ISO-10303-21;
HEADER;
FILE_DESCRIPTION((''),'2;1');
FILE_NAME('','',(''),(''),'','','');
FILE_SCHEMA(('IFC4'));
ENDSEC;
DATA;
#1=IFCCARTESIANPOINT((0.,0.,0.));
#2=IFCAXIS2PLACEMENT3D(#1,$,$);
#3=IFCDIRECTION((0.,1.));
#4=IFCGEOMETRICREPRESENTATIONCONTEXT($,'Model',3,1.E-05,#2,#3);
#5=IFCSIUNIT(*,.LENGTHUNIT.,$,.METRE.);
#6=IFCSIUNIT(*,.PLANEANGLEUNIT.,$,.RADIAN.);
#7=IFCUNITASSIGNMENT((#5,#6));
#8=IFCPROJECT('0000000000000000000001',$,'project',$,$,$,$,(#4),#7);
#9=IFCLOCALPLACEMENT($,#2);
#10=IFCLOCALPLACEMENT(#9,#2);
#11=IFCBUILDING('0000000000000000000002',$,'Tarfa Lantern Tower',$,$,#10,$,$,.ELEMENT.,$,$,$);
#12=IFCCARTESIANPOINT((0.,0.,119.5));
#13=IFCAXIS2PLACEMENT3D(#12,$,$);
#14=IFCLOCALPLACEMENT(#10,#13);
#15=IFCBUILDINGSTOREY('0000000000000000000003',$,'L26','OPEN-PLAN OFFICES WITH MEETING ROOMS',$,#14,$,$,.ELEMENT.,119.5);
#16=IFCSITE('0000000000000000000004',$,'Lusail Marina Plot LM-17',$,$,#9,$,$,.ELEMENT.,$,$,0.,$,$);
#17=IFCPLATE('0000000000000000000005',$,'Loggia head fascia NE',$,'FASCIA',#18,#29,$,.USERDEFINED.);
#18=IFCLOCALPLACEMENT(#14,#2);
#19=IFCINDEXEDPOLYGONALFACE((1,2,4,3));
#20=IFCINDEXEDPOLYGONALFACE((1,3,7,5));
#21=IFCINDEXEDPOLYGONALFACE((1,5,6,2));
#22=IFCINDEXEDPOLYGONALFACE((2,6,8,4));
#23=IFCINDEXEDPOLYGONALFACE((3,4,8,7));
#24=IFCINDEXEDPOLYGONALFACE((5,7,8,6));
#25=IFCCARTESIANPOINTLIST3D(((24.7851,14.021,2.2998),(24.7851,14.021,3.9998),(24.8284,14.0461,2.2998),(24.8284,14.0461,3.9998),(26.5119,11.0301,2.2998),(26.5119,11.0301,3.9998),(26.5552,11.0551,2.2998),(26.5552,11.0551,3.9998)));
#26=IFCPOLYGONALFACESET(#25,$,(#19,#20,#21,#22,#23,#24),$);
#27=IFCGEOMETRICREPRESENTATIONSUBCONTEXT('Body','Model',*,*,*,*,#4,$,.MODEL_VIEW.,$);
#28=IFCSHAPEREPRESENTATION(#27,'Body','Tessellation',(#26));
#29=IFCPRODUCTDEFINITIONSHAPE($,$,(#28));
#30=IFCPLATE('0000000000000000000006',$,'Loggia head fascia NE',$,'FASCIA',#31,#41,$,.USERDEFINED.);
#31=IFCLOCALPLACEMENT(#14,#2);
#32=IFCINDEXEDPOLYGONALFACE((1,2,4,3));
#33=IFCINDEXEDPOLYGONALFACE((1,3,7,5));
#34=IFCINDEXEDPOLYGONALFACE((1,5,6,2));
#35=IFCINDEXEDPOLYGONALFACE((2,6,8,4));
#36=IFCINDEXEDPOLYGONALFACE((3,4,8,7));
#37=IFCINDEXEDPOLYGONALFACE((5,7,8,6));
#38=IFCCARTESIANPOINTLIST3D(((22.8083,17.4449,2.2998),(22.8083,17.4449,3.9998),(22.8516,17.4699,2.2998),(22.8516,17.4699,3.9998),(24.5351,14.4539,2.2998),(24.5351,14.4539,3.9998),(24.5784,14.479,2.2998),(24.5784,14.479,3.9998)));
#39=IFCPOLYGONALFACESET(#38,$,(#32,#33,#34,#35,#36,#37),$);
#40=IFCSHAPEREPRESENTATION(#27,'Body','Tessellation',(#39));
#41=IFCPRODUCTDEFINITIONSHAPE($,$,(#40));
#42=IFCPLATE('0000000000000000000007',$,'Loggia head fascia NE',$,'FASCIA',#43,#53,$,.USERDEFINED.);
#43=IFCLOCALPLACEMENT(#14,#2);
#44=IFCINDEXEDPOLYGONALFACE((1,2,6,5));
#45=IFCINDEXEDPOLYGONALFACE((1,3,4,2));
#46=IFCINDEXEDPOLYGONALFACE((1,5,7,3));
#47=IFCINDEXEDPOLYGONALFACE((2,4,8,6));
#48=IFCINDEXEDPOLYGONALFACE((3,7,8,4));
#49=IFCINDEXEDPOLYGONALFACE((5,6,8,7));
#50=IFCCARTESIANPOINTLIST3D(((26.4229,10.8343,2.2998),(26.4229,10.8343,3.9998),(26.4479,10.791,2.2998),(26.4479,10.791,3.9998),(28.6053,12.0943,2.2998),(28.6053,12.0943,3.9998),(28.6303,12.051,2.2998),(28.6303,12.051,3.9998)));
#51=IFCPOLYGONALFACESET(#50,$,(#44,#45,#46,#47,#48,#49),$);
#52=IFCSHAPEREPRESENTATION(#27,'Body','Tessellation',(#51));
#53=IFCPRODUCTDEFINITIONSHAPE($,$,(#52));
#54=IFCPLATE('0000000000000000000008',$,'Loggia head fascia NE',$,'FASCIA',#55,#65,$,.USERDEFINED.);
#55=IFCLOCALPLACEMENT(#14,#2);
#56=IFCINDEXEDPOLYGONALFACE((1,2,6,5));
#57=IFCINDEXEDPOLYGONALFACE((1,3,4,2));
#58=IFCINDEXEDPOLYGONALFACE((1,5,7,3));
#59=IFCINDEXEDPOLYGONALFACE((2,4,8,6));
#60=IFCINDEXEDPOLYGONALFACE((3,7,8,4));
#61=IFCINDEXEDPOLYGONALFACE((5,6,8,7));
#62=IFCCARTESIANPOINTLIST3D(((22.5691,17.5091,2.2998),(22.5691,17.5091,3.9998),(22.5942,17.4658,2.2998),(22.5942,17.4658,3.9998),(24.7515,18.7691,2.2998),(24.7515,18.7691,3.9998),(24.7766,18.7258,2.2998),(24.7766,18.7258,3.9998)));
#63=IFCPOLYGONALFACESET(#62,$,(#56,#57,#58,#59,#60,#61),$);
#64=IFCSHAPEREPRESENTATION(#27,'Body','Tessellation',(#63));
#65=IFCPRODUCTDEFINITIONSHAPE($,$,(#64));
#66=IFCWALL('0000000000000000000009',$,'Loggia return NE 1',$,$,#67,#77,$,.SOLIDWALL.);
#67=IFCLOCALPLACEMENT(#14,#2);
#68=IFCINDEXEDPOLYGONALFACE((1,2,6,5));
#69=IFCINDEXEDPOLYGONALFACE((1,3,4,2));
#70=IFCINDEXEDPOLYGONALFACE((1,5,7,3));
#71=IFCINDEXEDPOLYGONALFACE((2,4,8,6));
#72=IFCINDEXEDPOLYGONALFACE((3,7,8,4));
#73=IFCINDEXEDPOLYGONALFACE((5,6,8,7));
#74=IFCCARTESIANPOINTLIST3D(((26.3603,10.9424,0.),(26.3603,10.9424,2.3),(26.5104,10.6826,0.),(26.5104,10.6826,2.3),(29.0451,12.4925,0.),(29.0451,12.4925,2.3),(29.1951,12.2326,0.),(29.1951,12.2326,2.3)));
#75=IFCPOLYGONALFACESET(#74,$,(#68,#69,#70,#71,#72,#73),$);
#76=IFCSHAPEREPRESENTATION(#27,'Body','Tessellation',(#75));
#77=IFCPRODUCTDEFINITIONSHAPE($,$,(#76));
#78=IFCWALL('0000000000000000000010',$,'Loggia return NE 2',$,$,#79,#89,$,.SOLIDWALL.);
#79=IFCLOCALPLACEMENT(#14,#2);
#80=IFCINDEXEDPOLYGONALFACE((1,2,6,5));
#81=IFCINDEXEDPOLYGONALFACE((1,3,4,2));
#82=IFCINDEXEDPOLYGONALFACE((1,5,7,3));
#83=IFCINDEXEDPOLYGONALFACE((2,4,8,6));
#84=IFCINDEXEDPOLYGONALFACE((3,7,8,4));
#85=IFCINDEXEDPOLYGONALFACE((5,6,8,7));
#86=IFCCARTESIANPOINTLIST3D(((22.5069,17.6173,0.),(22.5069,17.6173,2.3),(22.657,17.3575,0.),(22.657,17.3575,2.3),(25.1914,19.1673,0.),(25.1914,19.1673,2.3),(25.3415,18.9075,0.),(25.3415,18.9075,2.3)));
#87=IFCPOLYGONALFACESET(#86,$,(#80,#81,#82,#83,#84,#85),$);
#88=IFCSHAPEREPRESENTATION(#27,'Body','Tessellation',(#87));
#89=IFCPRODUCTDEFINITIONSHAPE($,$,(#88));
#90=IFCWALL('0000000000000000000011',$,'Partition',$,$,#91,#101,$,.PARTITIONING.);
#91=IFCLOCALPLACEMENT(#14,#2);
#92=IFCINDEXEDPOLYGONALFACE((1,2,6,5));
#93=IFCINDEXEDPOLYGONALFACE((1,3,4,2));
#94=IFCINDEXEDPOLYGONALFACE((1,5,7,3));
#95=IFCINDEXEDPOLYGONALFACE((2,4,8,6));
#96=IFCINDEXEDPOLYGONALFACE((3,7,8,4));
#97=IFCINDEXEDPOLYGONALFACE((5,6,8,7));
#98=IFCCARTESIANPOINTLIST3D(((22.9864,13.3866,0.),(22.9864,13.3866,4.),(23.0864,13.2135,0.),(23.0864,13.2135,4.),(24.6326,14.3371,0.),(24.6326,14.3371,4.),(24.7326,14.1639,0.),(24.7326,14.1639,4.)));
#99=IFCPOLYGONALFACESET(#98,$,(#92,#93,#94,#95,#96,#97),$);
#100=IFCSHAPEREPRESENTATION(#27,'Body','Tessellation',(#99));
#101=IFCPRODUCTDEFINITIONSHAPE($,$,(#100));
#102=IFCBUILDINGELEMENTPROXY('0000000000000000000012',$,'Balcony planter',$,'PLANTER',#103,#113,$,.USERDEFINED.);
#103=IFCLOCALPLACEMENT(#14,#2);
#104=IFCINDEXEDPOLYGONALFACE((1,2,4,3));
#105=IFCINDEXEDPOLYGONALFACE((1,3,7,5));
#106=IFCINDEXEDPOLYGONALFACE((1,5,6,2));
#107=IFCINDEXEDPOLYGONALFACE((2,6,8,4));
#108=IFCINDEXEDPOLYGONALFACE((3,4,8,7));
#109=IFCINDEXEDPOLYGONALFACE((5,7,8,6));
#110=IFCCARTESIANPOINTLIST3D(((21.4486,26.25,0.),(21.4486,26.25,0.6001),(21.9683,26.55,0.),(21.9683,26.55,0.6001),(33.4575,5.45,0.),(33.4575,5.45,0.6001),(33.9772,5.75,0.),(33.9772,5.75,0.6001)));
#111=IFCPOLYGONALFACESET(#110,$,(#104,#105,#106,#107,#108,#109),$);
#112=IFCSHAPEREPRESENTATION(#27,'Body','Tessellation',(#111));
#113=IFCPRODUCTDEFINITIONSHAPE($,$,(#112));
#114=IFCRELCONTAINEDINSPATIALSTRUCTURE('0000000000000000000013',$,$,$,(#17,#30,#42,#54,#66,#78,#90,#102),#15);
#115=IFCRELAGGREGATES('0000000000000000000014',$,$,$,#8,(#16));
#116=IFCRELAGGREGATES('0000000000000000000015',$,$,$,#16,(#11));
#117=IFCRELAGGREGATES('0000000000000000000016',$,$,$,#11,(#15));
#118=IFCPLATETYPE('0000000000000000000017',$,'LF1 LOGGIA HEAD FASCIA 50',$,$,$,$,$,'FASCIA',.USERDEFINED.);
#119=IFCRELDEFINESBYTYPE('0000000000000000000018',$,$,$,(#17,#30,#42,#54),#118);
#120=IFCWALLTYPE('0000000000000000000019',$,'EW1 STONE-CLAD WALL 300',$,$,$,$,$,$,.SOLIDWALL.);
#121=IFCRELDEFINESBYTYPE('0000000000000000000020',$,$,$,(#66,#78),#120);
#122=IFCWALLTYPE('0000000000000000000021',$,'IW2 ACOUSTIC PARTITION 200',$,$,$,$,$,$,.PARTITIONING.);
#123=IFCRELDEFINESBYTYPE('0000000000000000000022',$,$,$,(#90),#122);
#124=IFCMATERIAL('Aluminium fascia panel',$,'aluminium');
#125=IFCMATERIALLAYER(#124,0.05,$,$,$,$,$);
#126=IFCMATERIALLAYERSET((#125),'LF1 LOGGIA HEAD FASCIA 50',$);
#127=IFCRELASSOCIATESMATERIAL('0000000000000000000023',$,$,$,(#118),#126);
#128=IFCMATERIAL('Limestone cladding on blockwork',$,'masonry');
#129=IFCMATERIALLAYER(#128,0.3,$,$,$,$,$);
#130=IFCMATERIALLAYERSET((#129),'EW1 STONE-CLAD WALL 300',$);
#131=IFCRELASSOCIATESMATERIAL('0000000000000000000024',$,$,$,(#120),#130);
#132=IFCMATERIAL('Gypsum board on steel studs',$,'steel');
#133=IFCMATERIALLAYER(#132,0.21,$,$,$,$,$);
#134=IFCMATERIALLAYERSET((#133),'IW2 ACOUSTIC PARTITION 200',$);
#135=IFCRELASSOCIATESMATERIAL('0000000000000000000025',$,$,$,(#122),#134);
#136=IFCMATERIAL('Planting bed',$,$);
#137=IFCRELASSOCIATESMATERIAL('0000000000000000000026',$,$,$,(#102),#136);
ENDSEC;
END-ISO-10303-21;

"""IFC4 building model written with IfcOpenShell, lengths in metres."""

from ifc_helpers import new_model, si_unit, direction, frame, frame_2d, origin, origin_2d, place, context, subcontext, project, spatial, rectangle, extrude, material, layer, layer_set, type_object, element, save


model = new_model("IFC4")

# Units and contexts
model_context = context("Model", 3, precision=1e-05, world=origin(), true_north=direction((0.0, 1.0)))
body_context = subcontext(model_context, "Body", "Model", "MODEL_VIEW")
ifc_project = project(units=[si_unit("LENGTHUNIT", "METRE"), si_unit("PLANEANGLEUNIT", "RADIAN")], contexts=[model_context])

# Site, building, storey
site_placement = place(None, origin())
site = spatial("IfcSite", under=ifc_project, at=site_placement, Name="Lusail Marina Plot LM-17", CompositionType="ELEMENT", RefElevation=0.0)
building_placement = place(site_placement, origin())
building = spatial("IfcBuilding", under=site, at=building_placement, Name="Tarfa Lantern Tower", CompositionType="ELEMENT")
storey_placement = place(building_placement, frame((0.0, 0.0, 119.5)))
storey = spatial("IfcBuildingStorey", under=building, at=storey_placement, Name="L26", Description="OPEN-PLAN OFFICES WITH MEETING ROOMS", CompositionType="ELEMENT", Elevation=119.5)

# Plates
ifc_material_1 = material(Name="Aluminium fascia panel", Category="aluminium")
ifc_layer_1 = layer(ifc_material_1, 0.05)
ifc_layer_set_1 = layer_set([ifc_layer_1], Name="LF1 LOGGIA HEAD FASCIA 50")
plate_type_1 = type_object("IfcPlateType", Name="LF1 LOGGIA HEAD FASCIA 50", ElementType="FASCIA", PredefinedType="USERDEFINED", material=ifc_layer_set_1)
for number, where, z_axis, x_axis, name in (
    (1, (25.6702, 12.5381, 2.2998), (0.0, 0.0, 1.0), (-0.5, 0.866025, 0.0), "Loggia head fascia NE"),
    (2, (23.6934, 15.9619, 2.2998), (0.0, 0.0, 1.0), (-0.5, 0.866025, 0.0), "Loggia head fascia NE"),
):
    element("IfcPlate", number, at=place(storey_placement, frame(where, z_axis=z_axis, x_axis=x_axis)), inside=storey, type_object=plate_type_1, Name=name, ObjectType="FASCIA", PredefinedType="USERDEFINED", context=body_context, shape_type="SweptSolid", body=[
        extrude(rectangle(XDim=3.4536, YDim=0.05, at=origin_2d()), origin(), (0.0, 0.0, 1.0), 1.7),
    ])
for number, where, z_axis, x_axis, name in (
    (3, (27.5266, 11.4426, 2.2998), (0.0, 0.0, 1.0), (-0.866025, -0.5, 0.0), "Loggia head fascia NE"),
    (4, (23.6729, 18.1174, 2.2998), (0.0, 0.0, 1.0), (-0.866025, -0.5, 0.0), "Loggia head fascia NE"),
):
    element("IfcPlate", number, at=place(storey_placement, frame(where, z_axis=z_axis, x_axis=x_axis)), inside=storey, type_object=plate_type_1, Name=name, ObjectType="FASCIA", PredefinedType="USERDEFINED", context=body_context, shape_type="SweptSolid", body=[
        extrude(rectangle(XDim=2.52, YDim=0.05, at=origin_2d()), origin(), (0.0, 0.0, 1.0), 1.7),
    ])

# Walls
ifc_material_2 = material(Name="Limestone cladding on blockwork", Category="masonry")
ifc_layer_2 = layer(ifc_material_2, 0.3)
ifc_layer_set_2 = layer_set([ifc_layer_2], Name="EW1 STONE-CLAD WALL 300")
wall_type_1 = type_object("IfcWallType", Name="EW1 STONE-CLAD WALL 300", PredefinedType="SOLIDWALL", material=ifc_layer_set_2)
wall_1_placement = place(storey_placement, frame((29.1201, 12.3625, 0.0), z_axis=(0.0, 0.0, 1.0), x_axis=(-0.86603, -0.499993, 0.0)))
element("IfcWall", 5, at=wall_1_placement, inside=storey, type_object=wall_type_1, Name="Loggia return NE 1", PredefinedType="SOLIDWALL", context=body_context, shape_type="SweptSolid", body=[
    extrude(rectangle(XDim=3.1001, YDim=0.3, at=frame_2d((1.55, 0.0))), origin(), (0.0, 0.0, 1.0), 2.3),
])
wall_2_placement = place(storey_placement, frame((25.2664, 19.0374, 0.0), z_axis=(0.0, 0.0, 1.0), x_axis=(-0.86601, -0.500027, 0.0)))
element("IfcWall", 6, at=wall_2_placement, inside=storey, type_object=wall_type_1, Name="Loggia return NE 2", PredefinedType="SOLIDWALL", context=body_context, shape_type="SweptSolid", body=[
    extrude(rectangle(XDim=3.0999, YDim=0.3, at=frame_2d((1.5498, 0.0))), origin(), (0.0, 0.0, 1.0), 2.3),
])
ifc_material_3 = material(Name="Gypsum board on steel studs", Category="steel")
ifc_layer_3 = layer(ifc_material_3, 0.21)
ifc_layer_set_3 = layer_set([ifc_layer_3], Name="IW2 ACOUSTIC PARTITION 200")
wall_type_2 = type_object("IfcWallType", Name="IW2 ACOUSTIC PARTITION 200", PredefinedType="PARTITIONING", material=ifc_layer_set_3)
wall_3_placement = place(storey_placement, frame((23.0364, 13.3, 0.0), z_axis=(0.0, 0.0, 1.0), x_axis=(0.866029, 0.499993, 0.0)))
element("IfcWall", 7, at=wall_3_placement, inside=storey, type_object=wall_type_2, Name="Partition", PredefinedType="PARTITIONING", context=body_context, shape_type="SweptSolid", body=[
    extrude(rectangle(XDim=1.9009, YDim=0.2, at=frame_2d((0.9504, 0.0))), origin(), (0.0, 0.0, 1.0), 4.0),
])

# Building element proxy
ifc_material_4 = material(Name="Planting bed")
proxy_placement = place(storey_placement, frame((27.7129, 16.0, 0.0), z_axis=(0.0, 0.0, 1.0), x_axis=(-0.5, 0.866025, 0.0)))
element("IfcBuildingElementProxy", 8, at=proxy_placement, inside=storey, material=ifc_material_4, Name="Balcony planter", ObjectType="PLANTER", PredefinedType="USERDEFINED", context=body_context, shape_type="SweptSolid", body=[
    extrude(rectangle(XDim=24.0178, YDim=0.6001, at=origin_2d()), origin(), (0.0, 0.0, 1.0), 0.6001),
])

save(model, "model.ifc")
